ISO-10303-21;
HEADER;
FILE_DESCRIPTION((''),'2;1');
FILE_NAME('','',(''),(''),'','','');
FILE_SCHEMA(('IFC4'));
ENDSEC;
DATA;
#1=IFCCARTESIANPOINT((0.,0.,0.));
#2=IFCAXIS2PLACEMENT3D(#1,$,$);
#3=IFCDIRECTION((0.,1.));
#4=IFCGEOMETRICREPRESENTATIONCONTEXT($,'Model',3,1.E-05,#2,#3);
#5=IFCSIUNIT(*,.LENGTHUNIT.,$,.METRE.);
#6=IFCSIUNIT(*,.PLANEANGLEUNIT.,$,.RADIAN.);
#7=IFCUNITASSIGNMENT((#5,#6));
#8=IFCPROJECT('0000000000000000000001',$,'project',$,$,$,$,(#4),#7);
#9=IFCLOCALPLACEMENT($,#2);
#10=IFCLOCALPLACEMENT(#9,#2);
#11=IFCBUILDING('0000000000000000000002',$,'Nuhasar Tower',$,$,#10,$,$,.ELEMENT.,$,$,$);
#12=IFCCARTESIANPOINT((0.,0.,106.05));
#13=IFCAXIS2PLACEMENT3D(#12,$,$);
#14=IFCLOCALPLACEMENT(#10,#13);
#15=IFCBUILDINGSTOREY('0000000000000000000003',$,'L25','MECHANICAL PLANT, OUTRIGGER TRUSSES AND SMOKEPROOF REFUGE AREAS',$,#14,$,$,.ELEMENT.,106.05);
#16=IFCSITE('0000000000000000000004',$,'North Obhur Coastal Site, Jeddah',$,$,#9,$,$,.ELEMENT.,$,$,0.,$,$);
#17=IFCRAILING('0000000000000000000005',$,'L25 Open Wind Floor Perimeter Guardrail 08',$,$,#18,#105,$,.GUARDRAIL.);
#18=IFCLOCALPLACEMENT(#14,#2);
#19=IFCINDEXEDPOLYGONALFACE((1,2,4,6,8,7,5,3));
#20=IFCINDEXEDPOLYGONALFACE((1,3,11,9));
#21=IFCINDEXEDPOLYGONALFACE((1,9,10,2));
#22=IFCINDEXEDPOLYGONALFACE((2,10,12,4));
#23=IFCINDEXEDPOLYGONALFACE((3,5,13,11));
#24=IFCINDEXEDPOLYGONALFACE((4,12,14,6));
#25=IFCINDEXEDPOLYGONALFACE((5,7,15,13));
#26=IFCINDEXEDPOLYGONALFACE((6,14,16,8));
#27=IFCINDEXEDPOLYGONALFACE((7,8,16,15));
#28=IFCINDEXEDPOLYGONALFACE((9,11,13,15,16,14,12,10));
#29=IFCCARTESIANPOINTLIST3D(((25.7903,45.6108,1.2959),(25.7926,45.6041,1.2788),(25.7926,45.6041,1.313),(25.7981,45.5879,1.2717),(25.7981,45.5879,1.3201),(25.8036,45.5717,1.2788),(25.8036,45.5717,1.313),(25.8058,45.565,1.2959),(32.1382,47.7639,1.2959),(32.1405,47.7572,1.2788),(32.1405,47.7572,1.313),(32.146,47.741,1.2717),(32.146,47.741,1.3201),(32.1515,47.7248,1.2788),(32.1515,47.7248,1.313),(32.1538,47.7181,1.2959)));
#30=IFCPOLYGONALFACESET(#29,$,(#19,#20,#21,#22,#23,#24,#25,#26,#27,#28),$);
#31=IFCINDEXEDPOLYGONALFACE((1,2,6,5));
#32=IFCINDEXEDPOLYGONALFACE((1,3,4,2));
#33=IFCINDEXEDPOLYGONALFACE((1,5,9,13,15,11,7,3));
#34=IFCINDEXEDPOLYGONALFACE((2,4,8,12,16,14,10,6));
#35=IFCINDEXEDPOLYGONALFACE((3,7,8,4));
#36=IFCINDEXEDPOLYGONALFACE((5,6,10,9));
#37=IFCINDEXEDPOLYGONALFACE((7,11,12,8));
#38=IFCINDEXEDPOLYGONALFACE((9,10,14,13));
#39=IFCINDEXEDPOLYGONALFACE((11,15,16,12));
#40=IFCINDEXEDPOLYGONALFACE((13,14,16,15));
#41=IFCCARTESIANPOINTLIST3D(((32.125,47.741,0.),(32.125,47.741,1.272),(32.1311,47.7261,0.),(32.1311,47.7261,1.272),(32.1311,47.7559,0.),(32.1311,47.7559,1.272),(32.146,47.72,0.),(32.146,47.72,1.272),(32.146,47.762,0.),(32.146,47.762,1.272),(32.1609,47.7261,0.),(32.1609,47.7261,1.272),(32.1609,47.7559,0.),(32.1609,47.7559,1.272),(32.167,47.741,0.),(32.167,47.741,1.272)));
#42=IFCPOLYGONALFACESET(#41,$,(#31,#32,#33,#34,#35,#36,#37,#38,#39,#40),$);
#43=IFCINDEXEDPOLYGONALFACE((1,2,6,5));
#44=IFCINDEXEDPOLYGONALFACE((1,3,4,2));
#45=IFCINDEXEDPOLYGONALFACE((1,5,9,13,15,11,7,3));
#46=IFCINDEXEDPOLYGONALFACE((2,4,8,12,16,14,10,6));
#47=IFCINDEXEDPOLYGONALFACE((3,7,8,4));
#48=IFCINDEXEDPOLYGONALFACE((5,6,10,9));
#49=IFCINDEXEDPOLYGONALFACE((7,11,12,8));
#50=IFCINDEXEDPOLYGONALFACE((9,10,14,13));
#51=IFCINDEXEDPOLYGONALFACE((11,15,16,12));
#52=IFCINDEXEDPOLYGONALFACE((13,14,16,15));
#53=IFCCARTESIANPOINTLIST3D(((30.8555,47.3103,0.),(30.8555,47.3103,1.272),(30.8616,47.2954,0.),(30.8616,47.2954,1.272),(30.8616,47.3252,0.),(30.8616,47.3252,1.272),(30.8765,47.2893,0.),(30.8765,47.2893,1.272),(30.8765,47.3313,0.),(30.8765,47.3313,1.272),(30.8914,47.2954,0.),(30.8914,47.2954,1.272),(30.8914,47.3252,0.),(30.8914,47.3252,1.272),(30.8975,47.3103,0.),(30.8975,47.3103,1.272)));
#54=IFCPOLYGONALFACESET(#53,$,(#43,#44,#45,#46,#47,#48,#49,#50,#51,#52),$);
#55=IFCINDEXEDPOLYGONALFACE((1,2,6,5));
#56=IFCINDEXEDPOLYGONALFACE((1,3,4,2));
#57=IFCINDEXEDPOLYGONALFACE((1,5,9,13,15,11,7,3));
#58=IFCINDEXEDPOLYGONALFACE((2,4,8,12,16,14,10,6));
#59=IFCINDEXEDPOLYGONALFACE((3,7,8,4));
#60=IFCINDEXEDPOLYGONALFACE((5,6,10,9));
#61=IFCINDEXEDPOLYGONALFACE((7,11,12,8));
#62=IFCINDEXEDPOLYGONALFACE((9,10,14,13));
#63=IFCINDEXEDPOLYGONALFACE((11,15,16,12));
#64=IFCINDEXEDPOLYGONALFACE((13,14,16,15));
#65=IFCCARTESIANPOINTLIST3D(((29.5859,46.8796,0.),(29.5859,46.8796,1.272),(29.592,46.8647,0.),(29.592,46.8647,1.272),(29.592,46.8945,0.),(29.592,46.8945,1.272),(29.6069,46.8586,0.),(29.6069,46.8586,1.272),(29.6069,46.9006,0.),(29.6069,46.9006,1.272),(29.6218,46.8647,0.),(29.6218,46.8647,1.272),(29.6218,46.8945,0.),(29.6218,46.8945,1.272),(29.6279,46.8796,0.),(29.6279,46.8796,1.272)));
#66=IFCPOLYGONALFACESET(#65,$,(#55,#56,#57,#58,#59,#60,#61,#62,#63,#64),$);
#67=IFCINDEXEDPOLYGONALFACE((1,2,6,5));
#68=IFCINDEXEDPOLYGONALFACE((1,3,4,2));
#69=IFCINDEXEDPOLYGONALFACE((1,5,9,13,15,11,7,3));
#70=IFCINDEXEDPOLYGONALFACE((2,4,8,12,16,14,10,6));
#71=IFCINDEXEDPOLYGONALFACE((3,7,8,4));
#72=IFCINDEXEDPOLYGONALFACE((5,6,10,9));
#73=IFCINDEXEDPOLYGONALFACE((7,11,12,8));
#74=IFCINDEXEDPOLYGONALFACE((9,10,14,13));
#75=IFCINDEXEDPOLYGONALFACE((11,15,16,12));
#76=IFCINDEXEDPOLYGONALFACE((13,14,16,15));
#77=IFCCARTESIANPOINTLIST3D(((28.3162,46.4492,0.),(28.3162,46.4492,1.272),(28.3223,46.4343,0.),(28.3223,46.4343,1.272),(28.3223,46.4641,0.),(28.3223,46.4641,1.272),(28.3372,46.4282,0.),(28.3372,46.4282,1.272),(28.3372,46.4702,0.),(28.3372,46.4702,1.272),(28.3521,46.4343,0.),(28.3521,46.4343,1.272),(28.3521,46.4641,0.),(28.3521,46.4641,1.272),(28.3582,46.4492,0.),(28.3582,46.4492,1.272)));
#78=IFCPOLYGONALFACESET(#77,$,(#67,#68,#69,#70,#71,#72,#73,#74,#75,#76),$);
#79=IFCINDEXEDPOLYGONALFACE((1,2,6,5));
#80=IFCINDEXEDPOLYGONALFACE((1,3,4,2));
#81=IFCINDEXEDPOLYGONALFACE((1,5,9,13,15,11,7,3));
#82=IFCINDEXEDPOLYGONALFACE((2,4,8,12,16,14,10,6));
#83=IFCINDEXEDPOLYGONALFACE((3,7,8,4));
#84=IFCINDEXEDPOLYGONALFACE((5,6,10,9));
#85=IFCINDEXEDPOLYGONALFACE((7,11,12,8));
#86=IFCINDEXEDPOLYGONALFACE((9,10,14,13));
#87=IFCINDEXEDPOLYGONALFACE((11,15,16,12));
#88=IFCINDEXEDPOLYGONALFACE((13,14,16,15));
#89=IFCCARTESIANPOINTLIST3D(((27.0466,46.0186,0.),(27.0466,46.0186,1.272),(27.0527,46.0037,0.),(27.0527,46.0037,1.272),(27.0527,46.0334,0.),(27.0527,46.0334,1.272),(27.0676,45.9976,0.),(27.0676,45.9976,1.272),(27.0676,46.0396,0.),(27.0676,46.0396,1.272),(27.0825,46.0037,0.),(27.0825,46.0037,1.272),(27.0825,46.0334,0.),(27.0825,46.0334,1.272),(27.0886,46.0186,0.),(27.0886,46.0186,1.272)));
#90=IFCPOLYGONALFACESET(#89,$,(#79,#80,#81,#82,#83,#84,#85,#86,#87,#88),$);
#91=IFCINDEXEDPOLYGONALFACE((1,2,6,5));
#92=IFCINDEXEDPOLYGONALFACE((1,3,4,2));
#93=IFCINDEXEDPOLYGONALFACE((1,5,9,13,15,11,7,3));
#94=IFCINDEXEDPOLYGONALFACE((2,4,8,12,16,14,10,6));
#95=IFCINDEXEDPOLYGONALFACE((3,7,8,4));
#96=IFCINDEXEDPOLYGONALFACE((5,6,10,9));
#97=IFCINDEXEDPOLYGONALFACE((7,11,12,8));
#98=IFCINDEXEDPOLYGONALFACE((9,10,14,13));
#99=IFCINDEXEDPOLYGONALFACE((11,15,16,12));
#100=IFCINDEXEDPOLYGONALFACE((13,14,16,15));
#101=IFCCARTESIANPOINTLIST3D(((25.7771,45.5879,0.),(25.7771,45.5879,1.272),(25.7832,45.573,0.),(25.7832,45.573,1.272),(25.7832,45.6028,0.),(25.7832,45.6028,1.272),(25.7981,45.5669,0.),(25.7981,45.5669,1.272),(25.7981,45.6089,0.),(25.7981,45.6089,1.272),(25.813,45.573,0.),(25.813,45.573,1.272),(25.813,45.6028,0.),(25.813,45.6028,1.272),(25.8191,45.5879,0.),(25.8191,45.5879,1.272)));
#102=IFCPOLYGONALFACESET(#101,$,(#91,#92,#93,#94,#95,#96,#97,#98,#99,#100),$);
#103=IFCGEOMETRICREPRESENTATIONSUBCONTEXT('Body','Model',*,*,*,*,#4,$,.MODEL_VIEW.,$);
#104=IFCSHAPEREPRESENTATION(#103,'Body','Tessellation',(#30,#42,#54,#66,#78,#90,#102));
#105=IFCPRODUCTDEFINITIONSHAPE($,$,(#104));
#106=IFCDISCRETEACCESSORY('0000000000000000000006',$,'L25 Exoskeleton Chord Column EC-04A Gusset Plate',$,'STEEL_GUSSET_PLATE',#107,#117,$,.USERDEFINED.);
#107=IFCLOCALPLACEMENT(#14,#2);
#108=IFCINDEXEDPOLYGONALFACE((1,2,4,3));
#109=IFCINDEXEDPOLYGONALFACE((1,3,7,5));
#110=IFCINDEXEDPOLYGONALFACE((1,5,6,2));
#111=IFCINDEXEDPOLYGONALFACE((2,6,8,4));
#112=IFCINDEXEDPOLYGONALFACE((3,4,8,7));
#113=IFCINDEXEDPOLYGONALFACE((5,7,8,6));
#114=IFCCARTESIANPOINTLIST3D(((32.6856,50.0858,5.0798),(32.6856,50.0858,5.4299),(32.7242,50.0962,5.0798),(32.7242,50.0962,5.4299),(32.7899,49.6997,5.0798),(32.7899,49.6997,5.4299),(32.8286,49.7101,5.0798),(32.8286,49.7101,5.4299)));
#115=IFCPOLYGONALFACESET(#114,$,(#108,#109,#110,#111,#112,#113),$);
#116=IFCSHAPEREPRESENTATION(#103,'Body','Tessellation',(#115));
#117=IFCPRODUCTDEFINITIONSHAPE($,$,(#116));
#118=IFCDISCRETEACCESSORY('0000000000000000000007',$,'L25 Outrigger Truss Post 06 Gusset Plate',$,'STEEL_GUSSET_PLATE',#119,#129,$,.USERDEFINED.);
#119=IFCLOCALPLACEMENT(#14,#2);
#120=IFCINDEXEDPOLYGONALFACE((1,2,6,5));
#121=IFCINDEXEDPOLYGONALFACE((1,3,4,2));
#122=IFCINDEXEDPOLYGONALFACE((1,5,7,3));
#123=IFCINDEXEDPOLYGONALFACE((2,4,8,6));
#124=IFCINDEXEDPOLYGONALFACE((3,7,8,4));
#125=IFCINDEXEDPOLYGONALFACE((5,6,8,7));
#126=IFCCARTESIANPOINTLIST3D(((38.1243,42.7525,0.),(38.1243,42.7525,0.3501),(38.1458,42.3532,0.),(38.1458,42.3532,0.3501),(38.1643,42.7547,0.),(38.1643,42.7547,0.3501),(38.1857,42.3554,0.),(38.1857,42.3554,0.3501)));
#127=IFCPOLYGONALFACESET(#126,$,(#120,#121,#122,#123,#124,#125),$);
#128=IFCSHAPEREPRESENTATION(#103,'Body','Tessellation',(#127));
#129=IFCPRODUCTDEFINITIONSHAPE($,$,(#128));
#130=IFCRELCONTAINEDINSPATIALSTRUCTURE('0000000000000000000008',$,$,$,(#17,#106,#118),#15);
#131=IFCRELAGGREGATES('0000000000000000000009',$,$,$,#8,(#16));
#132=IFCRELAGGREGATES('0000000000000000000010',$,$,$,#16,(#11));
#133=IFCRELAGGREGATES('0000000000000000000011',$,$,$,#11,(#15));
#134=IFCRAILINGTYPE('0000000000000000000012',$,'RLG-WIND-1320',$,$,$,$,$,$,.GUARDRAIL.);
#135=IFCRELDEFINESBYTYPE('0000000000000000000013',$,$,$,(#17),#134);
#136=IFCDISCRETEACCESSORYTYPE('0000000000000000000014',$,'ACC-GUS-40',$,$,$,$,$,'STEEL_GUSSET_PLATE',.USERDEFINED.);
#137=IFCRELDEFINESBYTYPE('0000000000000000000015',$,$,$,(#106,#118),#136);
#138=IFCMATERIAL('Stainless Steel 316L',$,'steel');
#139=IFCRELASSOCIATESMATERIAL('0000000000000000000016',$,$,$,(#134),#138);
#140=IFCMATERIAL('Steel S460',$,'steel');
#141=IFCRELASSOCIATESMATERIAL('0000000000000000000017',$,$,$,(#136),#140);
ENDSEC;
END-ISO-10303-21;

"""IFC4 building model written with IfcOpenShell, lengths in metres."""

from ifc_helpers import new_model, si_unit, direction, frame, origin, origin_2d, place, context, subcontext, project, spatial, polyline, rectangle, outline, extrude, material, type_object, element, save


model = new_model("IFC4")

# Units and contexts
model_context = context("Model", 3, precision=1e-05, world=origin(), true_north=direction((0.0, 1.0)))
body_context = subcontext(model_context, "Body", "Model", "MODEL_VIEW")
ifc_project = project(units=[si_unit("LENGTHUNIT", "METRE"), si_unit("PLANEANGLEUNIT", "RADIAN")], contexts=[model_context])

# Site, building, storey
site_placement = place(None, origin())
site = spatial("IfcSite", under=ifc_project, at=site_placement, Name="North Obhur Coastal Site, Jeddah", CompositionType="ELEMENT", RefElevation=0.0)
building_placement = place(site_placement, origin())
building = spatial("IfcBuilding", under=site, at=building_placement, Name="Nuhasar Tower", CompositionType="ELEMENT")
storey_placement = place(building_placement, frame((0.0, 0.0, 106.05)))
storey = spatial("IfcBuildingStorey", under=building, at=storey_placement, Name="L25", Description="MECHANICAL PLANT, OUTRIGGER TRUSSES AND SMOKEPROOF REFUGE AREAS", CompositionType="ELEMENT", Elevation=106.05)

# Shared definitions
ifc_material_1 = material(Name="Steel S460", Category="steel")

# Railing
ifc_material_2 = material(Name="Stainless Steel 316L", Category="steel")
railing_type_1 = type_object("IfcRailingType", Name="RLG-WIND-1320", PredefinedType="GUARDRAIL", material=ifc_material_2)
railing_1_placement = place(storey_placement, frame((32.146, 47.741, 0.0)))
element("IfcRailing", 1, at=railing_1_placement, inside=storey, type_object=railing_type_1, Name="L25 Open Wind Floor Perimeter Guardrail 08", PredefinedType="GUARDRAIL", context=body_context, shape_type="SweptSolid", body=[
    extrude(outline(polyline([(0.0242, 0.0), (0.0171, 0.0171), (0.0, 0.0242), (-0.0171, 0.0171), (-0.0242, 0.0), (-0.0171, -0.0171), (0.0, -0.0242), (0.0171, -0.0171), (0.0242, 0.0)])), frame((0.0, 0.0, 1.2959), z_axis=(-0.947009, -0.321206, 0.0), x_axis=(0.321206, -0.947009, 0.0)), (0.0, 0.0, 1.0), 6.7031),
    extrude(outline(polyline([(0.021, 0.0), (0.0149, 0.0149), (0.0, 0.021), (-0.0149, 0.0149), (-0.021, 0.0), (-0.0149, -0.0149), (0.0, -0.021), (0.0149, -0.0149), (0.021, 0.0)])), origin(), (0.0, 0.0, 1.0), 1.272),
    extrude(outline(polyline([(0.021, 0.0), (0.0149, 0.0149), (0.0, 0.021), (-0.0149, 0.0149), (-0.021, 0.0), (-0.0149, -0.0149), (0.0, -0.021), (0.0149, -0.0149), (0.021, 0.0)])), frame((-1.2695, -0.4307, 0.0)), (0.0, 0.0, 1.0), 1.272),
    extrude(outline(polyline([(0.021, 0.0), (0.0149, 0.0149), (0.0, 0.021), (-0.0149, 0.0149), (-0.021, 0.0), (-0.0149, -0.0149), (0.0, -0.021), (0.0149, -0.0149), (0.021, 0.0)])), frame((-2.5391, -0.8613, 0.0)), (0.0, 0.0, 1.0), 1.272),
    extrude(outline(polyline([(0.021, 0.0), (0.0149, 0.0149), (0.0, 0.021), (-0.0149, 0.0149), (-0.021, 0.0), (-0.0149, -0.0149), (0.0, -0.021), (0.0149, -0.0149), (0.021, 0.0)])), frame((-3.8088, -1.2917, 0.0)), (0.0, 0.0, 1.0), 1.272),
    extrude(outline(polyline([(0.021, 0.0), (0.0149, 0.0149), (0.0, 0.021), (-0.0149, 0.0149), (-0.021, 0.0), (-0.0149, -0.0149), (0.0, -0.021), (0.0149, -0.0149), (0.021, 0.0)])), frame((-5.0784, -1.7224, 0.0)), (0.0, 0.0, 1.0), 1.272),
    extrude(outline(polyline([(0.021, 0.0), (0.0149, 0.0149), (0.0, 0.021), (-0.0149, 0.0149), (-0.021, 0.0), (-0.0149, -0.0149), (0.0, -0.021), (0.0149, -0.0149), (0.021, 0.0)])), frame((-6.3479, -2.1531, 0.0)), (0.0, 0.0, 1.0), 1.272),
])

# Discrete accessories
discrete_accessory_type = type_object("IfcDiscreteAccessoryType", Name="ACC-GUS-40", ElementType="STEEL_GUSSET_PLATE", PredefinedType="USERDEFINED", material=ifc_material_1)
for number, where, z_axis, x_axis, name in (
    (2, (32.7571, 49.8979, 5.0798), (0.0, 0.0, 1.0), (-0.260909, 0.965363, 0.0), "L25 Exoskeleton Chord Column EC-04A Gusset Plate"),
    (3, (38.155, 42.554, 0.0), (0.0, 0.0, 1.0), (-0.053573, 0.998564, 0.0), "L25 Outrigger Truss Post 06 Gusset Plate"),
):
    element("IfcDiscreteAccessory", number, at=place(storey_placement, frame(where, z_axis=z_axis, x_axis=x_axis)), inside=storey, type_object=discrete_accessory_type, Name=name, ObjectType="STEEL_GUSSET_PLATE", PredefinedType="USERDEFINED", context=body_context, shape_type="SweptSolid", body=[
        extrude(rectangle(XDim=0.3999, YDim=0.04, at=origin_2d()), origin(), (0.0, 0.0, 1.0), 0.3501),
    ])

save(model, "model.ifc")
